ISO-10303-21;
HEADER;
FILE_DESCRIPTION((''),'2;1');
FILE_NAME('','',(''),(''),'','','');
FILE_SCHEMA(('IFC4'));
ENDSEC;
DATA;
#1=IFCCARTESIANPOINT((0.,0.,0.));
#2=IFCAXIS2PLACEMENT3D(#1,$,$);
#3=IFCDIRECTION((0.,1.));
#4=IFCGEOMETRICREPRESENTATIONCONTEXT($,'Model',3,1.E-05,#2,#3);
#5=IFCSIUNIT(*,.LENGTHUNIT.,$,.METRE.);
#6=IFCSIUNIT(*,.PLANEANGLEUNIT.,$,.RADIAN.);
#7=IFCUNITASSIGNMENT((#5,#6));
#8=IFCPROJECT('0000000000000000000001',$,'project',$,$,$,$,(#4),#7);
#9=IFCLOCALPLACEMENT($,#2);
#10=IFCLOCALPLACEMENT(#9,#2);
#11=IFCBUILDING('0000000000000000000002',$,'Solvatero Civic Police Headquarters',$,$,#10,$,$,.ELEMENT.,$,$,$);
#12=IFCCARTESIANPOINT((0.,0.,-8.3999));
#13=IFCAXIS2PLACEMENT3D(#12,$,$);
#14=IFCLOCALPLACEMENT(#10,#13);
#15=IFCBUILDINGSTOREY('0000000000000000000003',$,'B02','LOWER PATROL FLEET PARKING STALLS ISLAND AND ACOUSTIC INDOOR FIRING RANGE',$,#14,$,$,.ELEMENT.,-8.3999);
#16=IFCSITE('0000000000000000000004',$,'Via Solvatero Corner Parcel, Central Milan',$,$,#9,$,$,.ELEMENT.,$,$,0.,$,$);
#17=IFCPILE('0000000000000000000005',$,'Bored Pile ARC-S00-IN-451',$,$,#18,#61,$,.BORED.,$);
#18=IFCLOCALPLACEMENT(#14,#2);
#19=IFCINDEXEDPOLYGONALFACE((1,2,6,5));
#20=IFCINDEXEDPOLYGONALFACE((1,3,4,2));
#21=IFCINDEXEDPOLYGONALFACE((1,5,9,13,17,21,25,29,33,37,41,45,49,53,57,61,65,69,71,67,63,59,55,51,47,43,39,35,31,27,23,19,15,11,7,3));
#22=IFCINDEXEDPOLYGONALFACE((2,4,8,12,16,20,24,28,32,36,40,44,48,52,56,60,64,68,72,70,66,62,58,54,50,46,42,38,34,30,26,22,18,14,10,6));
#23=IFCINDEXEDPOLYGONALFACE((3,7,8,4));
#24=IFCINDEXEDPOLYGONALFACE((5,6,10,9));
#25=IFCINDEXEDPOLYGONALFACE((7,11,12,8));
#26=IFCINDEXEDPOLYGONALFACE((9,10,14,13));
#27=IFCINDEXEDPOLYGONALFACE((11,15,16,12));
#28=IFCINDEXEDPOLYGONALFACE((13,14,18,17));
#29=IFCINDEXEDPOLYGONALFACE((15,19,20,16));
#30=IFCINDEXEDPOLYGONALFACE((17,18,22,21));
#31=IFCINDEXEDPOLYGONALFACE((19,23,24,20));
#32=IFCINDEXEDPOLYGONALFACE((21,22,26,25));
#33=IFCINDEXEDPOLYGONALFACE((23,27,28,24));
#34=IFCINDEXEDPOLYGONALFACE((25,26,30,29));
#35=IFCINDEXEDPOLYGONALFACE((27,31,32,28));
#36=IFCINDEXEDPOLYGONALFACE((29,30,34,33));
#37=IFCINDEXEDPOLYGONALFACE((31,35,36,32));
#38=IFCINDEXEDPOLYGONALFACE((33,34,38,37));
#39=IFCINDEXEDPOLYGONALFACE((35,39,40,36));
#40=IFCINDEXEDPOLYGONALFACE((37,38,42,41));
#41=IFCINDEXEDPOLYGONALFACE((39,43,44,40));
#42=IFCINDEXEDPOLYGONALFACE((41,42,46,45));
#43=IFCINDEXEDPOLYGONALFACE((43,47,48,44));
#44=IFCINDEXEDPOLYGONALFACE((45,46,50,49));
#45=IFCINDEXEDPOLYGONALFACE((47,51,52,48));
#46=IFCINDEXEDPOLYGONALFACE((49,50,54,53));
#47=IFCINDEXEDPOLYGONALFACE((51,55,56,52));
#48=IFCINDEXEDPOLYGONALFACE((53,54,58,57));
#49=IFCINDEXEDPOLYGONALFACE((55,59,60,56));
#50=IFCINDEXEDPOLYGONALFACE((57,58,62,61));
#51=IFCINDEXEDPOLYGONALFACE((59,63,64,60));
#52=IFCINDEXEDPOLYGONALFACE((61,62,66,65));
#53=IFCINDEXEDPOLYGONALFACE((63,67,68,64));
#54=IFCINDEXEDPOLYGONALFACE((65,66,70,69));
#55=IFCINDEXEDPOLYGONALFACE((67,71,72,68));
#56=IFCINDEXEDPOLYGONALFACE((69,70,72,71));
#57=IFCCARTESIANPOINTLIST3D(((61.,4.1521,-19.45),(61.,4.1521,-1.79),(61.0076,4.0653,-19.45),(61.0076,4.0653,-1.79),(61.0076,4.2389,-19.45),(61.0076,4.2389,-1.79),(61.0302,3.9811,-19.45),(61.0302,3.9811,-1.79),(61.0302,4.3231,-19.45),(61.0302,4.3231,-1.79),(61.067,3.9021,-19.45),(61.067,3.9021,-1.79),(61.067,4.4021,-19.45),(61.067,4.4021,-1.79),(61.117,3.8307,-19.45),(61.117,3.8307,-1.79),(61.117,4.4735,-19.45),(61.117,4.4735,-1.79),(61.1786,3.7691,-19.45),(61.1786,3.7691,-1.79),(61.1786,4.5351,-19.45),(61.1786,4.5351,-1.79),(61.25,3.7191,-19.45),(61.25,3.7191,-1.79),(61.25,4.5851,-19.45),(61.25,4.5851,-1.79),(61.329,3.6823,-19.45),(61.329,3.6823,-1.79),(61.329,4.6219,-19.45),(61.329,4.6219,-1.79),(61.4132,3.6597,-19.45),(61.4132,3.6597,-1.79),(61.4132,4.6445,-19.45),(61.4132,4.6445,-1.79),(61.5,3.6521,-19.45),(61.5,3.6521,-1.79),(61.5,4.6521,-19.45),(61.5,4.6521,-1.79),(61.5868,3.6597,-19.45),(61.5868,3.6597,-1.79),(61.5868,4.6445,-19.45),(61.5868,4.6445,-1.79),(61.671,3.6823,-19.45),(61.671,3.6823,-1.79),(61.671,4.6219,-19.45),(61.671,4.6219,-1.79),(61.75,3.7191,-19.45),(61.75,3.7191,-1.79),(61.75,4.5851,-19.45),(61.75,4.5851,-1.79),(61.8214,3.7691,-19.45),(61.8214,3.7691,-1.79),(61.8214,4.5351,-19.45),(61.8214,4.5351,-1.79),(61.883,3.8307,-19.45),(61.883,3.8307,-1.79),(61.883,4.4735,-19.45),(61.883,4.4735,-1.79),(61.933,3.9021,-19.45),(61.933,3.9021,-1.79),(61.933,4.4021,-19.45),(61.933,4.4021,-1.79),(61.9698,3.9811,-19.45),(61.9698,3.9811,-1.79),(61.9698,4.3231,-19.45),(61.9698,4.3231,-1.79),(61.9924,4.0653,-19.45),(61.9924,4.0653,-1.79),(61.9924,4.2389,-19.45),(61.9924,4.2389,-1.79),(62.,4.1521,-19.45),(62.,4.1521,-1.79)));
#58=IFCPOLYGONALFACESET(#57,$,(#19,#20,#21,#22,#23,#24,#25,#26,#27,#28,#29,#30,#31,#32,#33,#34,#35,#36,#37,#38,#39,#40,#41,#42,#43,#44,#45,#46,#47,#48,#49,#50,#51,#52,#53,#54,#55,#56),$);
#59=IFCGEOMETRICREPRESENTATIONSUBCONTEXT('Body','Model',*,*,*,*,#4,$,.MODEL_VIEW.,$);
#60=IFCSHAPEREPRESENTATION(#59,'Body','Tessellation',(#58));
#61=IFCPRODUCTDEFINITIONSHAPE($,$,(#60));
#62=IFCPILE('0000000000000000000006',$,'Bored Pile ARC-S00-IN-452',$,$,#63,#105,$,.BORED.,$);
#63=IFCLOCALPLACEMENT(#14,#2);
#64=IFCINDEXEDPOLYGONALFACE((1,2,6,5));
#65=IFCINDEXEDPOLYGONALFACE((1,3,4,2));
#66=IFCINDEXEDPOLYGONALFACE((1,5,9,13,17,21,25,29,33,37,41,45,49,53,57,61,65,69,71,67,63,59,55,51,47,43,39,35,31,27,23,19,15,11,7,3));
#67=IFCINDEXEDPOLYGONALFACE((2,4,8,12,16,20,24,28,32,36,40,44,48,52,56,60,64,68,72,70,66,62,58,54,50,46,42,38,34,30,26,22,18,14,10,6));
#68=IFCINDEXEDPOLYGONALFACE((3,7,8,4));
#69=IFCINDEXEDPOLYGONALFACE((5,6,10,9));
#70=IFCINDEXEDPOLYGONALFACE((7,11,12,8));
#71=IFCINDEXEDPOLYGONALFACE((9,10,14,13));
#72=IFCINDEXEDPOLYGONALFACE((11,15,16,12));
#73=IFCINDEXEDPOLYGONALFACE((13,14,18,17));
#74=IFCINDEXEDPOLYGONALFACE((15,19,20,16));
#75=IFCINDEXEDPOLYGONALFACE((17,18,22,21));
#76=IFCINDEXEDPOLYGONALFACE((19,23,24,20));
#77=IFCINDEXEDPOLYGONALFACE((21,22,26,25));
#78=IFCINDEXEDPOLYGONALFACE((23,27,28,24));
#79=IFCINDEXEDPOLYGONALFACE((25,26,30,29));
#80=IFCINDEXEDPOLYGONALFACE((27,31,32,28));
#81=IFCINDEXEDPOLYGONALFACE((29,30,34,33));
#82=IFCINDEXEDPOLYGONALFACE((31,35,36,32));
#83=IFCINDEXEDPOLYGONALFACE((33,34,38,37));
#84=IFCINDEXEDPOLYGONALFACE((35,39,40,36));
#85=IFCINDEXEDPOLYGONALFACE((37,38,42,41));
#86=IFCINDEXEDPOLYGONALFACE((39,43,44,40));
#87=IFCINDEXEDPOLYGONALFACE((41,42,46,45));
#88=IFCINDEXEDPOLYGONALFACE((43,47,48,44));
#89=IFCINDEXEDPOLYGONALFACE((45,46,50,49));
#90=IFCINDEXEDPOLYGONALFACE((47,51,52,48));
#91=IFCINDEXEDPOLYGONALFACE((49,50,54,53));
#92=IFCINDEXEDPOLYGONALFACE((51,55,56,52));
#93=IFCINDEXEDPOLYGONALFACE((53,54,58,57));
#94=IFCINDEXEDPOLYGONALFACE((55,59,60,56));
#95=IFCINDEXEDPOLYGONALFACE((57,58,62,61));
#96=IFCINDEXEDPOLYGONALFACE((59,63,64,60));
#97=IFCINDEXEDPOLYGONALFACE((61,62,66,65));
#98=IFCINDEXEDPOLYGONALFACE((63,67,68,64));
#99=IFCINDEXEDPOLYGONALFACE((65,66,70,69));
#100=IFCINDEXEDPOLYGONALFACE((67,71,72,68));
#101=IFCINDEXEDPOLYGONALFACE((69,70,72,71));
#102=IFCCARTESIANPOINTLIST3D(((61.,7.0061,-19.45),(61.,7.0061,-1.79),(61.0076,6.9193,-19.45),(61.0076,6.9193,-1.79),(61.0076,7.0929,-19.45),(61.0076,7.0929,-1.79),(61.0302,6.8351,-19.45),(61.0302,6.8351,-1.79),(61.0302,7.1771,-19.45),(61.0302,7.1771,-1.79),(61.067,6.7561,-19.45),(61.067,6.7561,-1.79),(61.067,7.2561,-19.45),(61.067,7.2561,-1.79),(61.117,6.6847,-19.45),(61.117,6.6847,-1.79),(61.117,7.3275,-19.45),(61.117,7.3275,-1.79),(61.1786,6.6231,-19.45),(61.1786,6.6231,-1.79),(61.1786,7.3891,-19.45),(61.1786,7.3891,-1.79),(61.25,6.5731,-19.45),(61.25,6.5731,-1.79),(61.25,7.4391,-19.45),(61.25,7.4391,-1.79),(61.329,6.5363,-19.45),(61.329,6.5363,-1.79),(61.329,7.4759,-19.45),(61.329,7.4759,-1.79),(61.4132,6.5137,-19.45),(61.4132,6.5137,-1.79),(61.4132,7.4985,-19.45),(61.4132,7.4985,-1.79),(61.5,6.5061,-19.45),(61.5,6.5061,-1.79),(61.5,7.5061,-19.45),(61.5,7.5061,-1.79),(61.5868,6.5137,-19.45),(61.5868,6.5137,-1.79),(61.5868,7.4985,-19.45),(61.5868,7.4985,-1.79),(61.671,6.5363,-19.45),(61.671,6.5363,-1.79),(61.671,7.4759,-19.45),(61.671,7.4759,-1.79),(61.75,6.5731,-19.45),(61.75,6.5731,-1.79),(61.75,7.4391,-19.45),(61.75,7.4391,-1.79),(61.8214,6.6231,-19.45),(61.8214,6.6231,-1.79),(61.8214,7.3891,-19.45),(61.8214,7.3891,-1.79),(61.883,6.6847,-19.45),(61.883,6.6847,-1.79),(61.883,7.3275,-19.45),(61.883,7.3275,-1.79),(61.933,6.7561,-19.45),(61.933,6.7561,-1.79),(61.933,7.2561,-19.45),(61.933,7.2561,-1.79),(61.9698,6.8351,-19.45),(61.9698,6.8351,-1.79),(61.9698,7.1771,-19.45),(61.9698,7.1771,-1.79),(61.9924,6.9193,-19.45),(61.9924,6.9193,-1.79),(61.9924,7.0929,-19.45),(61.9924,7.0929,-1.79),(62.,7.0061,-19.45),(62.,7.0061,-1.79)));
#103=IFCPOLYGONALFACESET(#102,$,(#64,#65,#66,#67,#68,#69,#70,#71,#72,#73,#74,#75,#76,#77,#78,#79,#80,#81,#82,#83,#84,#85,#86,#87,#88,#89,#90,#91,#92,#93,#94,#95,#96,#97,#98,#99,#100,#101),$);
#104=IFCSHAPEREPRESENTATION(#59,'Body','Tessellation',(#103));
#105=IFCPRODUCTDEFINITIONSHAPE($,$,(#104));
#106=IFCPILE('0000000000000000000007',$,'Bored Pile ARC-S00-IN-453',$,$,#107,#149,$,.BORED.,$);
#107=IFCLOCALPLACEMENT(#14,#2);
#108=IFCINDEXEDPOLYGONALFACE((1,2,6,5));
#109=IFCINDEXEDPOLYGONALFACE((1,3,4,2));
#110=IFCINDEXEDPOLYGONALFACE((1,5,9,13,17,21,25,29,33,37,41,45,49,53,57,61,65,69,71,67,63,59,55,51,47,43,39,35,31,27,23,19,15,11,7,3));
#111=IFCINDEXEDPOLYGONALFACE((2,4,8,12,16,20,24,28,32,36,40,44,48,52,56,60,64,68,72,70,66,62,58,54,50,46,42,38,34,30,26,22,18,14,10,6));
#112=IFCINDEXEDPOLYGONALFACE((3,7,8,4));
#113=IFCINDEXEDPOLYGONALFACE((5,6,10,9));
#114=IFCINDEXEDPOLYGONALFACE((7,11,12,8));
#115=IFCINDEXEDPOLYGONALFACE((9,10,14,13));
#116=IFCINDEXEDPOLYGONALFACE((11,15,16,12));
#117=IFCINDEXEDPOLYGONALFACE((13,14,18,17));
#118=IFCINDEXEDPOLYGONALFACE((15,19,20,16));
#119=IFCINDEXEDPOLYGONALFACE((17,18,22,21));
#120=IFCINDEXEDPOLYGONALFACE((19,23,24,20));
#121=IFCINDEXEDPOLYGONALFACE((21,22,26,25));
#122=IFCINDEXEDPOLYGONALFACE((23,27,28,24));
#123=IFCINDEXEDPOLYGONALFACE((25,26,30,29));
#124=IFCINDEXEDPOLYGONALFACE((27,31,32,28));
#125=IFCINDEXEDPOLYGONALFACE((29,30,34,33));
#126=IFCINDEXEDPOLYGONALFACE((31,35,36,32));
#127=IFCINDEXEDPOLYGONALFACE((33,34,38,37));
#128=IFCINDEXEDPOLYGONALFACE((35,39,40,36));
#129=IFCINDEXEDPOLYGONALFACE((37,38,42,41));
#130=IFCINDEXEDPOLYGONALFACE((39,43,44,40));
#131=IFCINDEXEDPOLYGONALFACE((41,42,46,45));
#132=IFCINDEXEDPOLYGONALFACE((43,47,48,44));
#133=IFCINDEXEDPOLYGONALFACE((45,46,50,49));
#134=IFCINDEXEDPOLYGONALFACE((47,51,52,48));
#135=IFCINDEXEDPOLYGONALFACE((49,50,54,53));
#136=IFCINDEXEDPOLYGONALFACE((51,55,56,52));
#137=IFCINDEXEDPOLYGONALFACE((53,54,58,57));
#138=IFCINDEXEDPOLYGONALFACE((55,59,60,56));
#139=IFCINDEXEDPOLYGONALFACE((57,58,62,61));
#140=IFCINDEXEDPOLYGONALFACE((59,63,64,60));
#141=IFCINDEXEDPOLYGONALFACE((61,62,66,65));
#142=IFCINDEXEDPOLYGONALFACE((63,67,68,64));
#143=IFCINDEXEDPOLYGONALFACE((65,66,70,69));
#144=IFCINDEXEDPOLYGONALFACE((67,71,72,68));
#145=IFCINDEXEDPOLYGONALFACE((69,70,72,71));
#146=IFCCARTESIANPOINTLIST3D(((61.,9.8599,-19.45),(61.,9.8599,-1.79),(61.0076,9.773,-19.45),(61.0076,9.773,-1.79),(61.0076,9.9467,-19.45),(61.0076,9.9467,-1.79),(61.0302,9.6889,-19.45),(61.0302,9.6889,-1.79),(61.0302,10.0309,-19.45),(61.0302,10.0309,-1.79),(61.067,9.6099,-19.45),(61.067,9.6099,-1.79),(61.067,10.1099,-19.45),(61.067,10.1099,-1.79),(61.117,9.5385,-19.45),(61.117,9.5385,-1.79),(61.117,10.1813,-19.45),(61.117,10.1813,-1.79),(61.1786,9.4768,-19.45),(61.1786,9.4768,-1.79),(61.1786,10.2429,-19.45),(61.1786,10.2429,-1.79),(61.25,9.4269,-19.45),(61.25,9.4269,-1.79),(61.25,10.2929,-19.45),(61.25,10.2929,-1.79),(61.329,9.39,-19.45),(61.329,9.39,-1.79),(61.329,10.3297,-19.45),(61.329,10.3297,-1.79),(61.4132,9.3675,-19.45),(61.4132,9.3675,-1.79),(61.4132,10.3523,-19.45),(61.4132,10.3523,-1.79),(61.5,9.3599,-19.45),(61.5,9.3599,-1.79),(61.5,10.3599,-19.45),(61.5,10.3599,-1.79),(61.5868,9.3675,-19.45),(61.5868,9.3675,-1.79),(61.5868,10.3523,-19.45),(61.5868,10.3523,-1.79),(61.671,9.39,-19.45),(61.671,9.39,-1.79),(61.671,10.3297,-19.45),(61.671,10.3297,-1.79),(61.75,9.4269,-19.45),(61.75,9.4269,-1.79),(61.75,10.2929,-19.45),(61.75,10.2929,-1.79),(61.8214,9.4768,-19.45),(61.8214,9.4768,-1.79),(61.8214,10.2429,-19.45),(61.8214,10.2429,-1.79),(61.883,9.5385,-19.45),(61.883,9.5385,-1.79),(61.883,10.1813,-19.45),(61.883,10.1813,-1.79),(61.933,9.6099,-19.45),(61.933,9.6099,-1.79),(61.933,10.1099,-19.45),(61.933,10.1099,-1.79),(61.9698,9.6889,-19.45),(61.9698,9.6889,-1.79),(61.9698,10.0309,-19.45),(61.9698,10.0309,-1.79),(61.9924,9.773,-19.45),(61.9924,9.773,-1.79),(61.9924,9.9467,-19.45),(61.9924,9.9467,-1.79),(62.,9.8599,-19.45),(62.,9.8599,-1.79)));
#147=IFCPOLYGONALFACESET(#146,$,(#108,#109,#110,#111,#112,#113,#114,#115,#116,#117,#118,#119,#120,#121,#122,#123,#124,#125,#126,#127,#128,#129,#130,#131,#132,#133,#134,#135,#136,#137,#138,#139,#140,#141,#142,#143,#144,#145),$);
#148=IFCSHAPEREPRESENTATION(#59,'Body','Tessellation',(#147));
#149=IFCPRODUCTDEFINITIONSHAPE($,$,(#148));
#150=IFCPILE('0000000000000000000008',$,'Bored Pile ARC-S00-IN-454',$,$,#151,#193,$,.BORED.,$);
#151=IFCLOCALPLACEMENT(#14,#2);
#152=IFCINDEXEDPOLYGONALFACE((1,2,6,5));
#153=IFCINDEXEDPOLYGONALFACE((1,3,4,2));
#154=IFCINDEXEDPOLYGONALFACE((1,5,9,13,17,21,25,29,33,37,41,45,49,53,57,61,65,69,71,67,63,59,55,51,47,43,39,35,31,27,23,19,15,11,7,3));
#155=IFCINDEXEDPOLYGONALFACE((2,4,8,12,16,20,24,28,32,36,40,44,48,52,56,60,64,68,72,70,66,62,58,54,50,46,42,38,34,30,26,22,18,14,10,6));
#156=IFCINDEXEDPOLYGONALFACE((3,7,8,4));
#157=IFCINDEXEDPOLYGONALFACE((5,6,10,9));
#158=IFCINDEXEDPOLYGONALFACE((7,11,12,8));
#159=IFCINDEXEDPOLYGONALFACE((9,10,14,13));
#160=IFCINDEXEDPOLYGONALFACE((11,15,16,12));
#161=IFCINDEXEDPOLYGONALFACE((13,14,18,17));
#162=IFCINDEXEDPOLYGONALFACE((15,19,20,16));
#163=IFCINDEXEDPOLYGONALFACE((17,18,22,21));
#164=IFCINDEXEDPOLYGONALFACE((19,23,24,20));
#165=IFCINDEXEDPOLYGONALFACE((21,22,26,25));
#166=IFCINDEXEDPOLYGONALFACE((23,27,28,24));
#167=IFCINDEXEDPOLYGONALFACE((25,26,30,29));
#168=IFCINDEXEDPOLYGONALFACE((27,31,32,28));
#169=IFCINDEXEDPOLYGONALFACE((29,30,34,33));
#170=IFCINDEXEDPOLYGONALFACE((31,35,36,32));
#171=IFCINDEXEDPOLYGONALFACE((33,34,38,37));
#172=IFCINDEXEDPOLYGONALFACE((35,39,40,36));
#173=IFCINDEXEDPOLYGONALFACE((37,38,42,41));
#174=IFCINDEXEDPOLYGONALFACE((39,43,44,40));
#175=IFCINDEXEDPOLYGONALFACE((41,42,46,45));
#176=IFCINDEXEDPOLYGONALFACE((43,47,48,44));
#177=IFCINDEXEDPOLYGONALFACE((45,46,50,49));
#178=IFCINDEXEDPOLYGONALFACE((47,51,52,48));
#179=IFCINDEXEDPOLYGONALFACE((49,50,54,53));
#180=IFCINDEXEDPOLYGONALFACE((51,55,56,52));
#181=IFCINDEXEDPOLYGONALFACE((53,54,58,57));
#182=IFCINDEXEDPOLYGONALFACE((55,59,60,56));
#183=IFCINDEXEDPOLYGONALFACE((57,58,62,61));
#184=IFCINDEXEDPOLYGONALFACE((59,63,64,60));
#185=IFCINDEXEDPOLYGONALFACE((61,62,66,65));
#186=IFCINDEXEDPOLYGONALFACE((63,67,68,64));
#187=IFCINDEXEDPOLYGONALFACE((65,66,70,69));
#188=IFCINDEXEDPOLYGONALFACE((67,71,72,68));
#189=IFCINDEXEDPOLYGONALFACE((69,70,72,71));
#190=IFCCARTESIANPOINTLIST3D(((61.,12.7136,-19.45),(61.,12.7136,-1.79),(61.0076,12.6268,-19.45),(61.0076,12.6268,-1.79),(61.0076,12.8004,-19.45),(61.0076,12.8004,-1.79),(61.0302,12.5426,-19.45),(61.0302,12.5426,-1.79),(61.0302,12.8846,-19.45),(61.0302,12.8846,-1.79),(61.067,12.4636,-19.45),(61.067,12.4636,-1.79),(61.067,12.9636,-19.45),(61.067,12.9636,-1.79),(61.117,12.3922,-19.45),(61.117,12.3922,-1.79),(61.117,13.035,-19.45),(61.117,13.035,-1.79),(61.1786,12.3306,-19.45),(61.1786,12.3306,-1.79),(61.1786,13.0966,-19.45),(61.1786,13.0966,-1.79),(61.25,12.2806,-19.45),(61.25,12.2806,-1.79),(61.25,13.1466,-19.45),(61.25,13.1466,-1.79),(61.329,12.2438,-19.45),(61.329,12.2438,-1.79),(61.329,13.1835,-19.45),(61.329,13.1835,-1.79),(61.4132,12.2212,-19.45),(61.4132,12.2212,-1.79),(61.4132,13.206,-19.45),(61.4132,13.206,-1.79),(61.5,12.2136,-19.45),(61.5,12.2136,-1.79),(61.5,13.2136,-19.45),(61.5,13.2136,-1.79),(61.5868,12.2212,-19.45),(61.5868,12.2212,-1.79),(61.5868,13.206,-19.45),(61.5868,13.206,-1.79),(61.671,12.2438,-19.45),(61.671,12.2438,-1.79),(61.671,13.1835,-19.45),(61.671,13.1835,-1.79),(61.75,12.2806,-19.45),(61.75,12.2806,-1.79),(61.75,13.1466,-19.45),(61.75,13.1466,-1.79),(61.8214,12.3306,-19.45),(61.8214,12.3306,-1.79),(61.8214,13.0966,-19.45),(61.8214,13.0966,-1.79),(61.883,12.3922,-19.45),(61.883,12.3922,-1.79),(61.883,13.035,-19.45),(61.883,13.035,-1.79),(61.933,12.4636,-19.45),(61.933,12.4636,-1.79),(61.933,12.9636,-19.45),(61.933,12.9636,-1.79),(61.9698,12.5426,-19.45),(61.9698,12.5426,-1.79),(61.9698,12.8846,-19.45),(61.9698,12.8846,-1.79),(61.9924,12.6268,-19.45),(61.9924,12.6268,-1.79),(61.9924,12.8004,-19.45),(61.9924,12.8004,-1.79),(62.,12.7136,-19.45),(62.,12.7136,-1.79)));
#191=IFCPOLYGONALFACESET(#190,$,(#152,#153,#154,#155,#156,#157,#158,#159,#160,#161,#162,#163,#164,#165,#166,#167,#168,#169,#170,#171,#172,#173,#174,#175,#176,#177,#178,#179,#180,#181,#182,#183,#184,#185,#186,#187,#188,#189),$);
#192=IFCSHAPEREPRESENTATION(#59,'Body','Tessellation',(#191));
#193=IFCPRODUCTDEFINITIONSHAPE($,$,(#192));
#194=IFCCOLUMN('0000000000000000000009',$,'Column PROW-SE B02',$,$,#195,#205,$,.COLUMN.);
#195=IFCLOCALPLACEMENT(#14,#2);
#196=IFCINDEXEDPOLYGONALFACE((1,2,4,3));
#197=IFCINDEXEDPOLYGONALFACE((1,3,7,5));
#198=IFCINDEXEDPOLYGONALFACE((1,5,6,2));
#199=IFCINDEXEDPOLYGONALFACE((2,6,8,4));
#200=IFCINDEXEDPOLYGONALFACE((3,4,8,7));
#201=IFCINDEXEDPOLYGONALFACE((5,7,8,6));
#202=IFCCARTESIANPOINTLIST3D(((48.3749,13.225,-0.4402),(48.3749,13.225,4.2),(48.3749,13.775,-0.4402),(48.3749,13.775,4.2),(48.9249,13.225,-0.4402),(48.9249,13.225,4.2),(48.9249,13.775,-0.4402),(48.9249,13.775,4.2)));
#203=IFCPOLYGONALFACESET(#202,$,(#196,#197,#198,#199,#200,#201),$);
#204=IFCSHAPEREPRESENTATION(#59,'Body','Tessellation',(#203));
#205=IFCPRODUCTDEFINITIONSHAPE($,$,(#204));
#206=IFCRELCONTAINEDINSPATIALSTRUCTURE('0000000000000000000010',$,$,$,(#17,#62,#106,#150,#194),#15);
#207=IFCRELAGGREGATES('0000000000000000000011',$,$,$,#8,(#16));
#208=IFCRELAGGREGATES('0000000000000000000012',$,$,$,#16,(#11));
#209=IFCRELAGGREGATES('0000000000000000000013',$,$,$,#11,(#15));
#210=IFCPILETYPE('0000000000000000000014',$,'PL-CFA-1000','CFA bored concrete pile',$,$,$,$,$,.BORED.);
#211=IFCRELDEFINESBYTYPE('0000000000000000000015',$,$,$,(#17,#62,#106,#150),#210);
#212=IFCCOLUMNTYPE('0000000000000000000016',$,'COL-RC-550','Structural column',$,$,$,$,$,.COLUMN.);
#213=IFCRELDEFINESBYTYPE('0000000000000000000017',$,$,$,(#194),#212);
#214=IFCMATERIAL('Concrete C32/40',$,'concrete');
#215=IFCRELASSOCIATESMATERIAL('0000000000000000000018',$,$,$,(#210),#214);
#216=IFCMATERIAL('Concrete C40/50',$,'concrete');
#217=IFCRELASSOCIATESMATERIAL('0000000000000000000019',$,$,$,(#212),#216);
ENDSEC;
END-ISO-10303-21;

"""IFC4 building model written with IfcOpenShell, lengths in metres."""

from ifc_helpers import new_model, si_unit, direction, frame, origin, origin_2d, place, context, subcontext, project, spatial, rectangle, circle, extrude, material, material_profile, profile_set, type_object, element, save


model = new_model("IFC4")

# Units and contexts
model_context = context("Model", 3, precision=1e-05, world=origin(), true_north=direction((0.0, 1.0)))
body_context = subcontext(model_context, "Body", "Model", "MODEL_VIEW")
ifc_project = project(units=[si_unit("LENGTHUNIT", "METRE"), si_unit("PLANEANGLEUNIT", "RADIAN")], contexts=[model_context])

# Site, building, storey
site_placement = place(None, origin())
site = spatial("IfcSite", under=ifc_project, at=site_placement, Name="Via Solvatero Corner Parcel, Central Milan", CompositionType="ELEMENT", RefElevation=0.0)
building_placement = place(site_placement, origin())
building = spatial("IfcBuilding", under=site, at=building_placement, Name="Solvatero Civic Police Headquarters", CompositionType="ELEMENT")
storey_placement = place(building_placement, frame((0.0, 0.0, -8.3999)))
storey = spatial("IfcBuildingStorey", under=building, at=storey_placement, Name="B02", Description="LOWER PATROL FLEET PARKING STALLS ISLAND AND ACOUSTIC INDOOR FIRING RANGE", CompositionType="ELEMENT", Elevation=-8.3999)

# Piles
ifc_material_1 = material(Name="Concrete C32/40", Category="concrete")
ifc_material_profile_1 = material_profile(ifc_material_1, circle(Radius=0.5, at=origin_2d()), Name="CFA PILE D1000")
ifc_profile_set_1 = profile_set([ifc_material_profile_1], Name="Concrete C32/40")
pile_type = type_object("IfcPileType", Name="PL-CFA-1000", Description="CFA bored concrete pile", PredefinedType="BORED", material=ifc_profile_set_1)
for number, where, z_axis, x_axis, name in (
    (1, (61.5, 4.1521, -1.79), (0.0, 0.0, -1.0), (1.0, 0.0, 0.0), "Bored Pile ARC-S00-IN-451"),
    (2, (61.5, 7.0061, -1.79), (0.0, 0.0, -1.0), (1.0, 0.0, 0.0), "Bored Pile ARC-S00-IN-452"),
    (3, (61.5, 9.8599, -1.79), (0.0, 0.0, -1.0), (1.0, 0.0, 0.0), "Bored Pile ARC-S00-IN-453"),
    (4, (61.5, 12.7136, -1.79), (0.0, 0.0, -1.0), (1.0, 0.0, 0.0), "Bored Pile ARC-S00-IN-454"),
):
    element("IfcPile", number, at=place(storey_placement, frame(where, z_axis=z_axis, x_axis=x_axis)), inside=storey, type_object=pile_type, Name=name, PredefinedType="BORED", context=body_context, shape_type="SweptSolid", body=[
        extrude(circle(Radius=0.5, at=origin_2d()), origin(), (0.0, 0.0, 1.0), 17.6599),
    ])

# Column
ifc_material_2 = material(Name="Concrete C40/50", Category="concrete")
ifc_material_profile_2 = material_profile(ifc_material_2, rectangle(XDim=0.55, YDim=0.55, at=origin_2d()), Name="RC 550x550")
ifc_profile_set_2 = profile_set([ifc_material_profile_2], Name="Concrete C40/50")
column_type_1 = type_object("IfcColumnType", Name="COL-RC-550", Description="Structural column", PredefinedType="COLUMN", material=ifc_profile_set_2)
column_1_placement = place(storey_placement, frame((48.6499, 13.5, -0.4402), z_axis=(0.0, 0.0, 1.0), x_axis=(1.0, 0.0, 0.0)))
element("IfcColumn", 5, at=column_1_placement, inside=storey, type_object=column_type_1, Name="Column PROW-SE B02", PredefinedType="COLUMN", context=body_context, shape_type="SweptSolid", body=[
    extrude(rectangle(XDim=0.55, YDim=0.55, at=origin_2d()), origin(), (0.0, 0.0, 1.0), 4.6401),
])

save(model, "model.ifc")
